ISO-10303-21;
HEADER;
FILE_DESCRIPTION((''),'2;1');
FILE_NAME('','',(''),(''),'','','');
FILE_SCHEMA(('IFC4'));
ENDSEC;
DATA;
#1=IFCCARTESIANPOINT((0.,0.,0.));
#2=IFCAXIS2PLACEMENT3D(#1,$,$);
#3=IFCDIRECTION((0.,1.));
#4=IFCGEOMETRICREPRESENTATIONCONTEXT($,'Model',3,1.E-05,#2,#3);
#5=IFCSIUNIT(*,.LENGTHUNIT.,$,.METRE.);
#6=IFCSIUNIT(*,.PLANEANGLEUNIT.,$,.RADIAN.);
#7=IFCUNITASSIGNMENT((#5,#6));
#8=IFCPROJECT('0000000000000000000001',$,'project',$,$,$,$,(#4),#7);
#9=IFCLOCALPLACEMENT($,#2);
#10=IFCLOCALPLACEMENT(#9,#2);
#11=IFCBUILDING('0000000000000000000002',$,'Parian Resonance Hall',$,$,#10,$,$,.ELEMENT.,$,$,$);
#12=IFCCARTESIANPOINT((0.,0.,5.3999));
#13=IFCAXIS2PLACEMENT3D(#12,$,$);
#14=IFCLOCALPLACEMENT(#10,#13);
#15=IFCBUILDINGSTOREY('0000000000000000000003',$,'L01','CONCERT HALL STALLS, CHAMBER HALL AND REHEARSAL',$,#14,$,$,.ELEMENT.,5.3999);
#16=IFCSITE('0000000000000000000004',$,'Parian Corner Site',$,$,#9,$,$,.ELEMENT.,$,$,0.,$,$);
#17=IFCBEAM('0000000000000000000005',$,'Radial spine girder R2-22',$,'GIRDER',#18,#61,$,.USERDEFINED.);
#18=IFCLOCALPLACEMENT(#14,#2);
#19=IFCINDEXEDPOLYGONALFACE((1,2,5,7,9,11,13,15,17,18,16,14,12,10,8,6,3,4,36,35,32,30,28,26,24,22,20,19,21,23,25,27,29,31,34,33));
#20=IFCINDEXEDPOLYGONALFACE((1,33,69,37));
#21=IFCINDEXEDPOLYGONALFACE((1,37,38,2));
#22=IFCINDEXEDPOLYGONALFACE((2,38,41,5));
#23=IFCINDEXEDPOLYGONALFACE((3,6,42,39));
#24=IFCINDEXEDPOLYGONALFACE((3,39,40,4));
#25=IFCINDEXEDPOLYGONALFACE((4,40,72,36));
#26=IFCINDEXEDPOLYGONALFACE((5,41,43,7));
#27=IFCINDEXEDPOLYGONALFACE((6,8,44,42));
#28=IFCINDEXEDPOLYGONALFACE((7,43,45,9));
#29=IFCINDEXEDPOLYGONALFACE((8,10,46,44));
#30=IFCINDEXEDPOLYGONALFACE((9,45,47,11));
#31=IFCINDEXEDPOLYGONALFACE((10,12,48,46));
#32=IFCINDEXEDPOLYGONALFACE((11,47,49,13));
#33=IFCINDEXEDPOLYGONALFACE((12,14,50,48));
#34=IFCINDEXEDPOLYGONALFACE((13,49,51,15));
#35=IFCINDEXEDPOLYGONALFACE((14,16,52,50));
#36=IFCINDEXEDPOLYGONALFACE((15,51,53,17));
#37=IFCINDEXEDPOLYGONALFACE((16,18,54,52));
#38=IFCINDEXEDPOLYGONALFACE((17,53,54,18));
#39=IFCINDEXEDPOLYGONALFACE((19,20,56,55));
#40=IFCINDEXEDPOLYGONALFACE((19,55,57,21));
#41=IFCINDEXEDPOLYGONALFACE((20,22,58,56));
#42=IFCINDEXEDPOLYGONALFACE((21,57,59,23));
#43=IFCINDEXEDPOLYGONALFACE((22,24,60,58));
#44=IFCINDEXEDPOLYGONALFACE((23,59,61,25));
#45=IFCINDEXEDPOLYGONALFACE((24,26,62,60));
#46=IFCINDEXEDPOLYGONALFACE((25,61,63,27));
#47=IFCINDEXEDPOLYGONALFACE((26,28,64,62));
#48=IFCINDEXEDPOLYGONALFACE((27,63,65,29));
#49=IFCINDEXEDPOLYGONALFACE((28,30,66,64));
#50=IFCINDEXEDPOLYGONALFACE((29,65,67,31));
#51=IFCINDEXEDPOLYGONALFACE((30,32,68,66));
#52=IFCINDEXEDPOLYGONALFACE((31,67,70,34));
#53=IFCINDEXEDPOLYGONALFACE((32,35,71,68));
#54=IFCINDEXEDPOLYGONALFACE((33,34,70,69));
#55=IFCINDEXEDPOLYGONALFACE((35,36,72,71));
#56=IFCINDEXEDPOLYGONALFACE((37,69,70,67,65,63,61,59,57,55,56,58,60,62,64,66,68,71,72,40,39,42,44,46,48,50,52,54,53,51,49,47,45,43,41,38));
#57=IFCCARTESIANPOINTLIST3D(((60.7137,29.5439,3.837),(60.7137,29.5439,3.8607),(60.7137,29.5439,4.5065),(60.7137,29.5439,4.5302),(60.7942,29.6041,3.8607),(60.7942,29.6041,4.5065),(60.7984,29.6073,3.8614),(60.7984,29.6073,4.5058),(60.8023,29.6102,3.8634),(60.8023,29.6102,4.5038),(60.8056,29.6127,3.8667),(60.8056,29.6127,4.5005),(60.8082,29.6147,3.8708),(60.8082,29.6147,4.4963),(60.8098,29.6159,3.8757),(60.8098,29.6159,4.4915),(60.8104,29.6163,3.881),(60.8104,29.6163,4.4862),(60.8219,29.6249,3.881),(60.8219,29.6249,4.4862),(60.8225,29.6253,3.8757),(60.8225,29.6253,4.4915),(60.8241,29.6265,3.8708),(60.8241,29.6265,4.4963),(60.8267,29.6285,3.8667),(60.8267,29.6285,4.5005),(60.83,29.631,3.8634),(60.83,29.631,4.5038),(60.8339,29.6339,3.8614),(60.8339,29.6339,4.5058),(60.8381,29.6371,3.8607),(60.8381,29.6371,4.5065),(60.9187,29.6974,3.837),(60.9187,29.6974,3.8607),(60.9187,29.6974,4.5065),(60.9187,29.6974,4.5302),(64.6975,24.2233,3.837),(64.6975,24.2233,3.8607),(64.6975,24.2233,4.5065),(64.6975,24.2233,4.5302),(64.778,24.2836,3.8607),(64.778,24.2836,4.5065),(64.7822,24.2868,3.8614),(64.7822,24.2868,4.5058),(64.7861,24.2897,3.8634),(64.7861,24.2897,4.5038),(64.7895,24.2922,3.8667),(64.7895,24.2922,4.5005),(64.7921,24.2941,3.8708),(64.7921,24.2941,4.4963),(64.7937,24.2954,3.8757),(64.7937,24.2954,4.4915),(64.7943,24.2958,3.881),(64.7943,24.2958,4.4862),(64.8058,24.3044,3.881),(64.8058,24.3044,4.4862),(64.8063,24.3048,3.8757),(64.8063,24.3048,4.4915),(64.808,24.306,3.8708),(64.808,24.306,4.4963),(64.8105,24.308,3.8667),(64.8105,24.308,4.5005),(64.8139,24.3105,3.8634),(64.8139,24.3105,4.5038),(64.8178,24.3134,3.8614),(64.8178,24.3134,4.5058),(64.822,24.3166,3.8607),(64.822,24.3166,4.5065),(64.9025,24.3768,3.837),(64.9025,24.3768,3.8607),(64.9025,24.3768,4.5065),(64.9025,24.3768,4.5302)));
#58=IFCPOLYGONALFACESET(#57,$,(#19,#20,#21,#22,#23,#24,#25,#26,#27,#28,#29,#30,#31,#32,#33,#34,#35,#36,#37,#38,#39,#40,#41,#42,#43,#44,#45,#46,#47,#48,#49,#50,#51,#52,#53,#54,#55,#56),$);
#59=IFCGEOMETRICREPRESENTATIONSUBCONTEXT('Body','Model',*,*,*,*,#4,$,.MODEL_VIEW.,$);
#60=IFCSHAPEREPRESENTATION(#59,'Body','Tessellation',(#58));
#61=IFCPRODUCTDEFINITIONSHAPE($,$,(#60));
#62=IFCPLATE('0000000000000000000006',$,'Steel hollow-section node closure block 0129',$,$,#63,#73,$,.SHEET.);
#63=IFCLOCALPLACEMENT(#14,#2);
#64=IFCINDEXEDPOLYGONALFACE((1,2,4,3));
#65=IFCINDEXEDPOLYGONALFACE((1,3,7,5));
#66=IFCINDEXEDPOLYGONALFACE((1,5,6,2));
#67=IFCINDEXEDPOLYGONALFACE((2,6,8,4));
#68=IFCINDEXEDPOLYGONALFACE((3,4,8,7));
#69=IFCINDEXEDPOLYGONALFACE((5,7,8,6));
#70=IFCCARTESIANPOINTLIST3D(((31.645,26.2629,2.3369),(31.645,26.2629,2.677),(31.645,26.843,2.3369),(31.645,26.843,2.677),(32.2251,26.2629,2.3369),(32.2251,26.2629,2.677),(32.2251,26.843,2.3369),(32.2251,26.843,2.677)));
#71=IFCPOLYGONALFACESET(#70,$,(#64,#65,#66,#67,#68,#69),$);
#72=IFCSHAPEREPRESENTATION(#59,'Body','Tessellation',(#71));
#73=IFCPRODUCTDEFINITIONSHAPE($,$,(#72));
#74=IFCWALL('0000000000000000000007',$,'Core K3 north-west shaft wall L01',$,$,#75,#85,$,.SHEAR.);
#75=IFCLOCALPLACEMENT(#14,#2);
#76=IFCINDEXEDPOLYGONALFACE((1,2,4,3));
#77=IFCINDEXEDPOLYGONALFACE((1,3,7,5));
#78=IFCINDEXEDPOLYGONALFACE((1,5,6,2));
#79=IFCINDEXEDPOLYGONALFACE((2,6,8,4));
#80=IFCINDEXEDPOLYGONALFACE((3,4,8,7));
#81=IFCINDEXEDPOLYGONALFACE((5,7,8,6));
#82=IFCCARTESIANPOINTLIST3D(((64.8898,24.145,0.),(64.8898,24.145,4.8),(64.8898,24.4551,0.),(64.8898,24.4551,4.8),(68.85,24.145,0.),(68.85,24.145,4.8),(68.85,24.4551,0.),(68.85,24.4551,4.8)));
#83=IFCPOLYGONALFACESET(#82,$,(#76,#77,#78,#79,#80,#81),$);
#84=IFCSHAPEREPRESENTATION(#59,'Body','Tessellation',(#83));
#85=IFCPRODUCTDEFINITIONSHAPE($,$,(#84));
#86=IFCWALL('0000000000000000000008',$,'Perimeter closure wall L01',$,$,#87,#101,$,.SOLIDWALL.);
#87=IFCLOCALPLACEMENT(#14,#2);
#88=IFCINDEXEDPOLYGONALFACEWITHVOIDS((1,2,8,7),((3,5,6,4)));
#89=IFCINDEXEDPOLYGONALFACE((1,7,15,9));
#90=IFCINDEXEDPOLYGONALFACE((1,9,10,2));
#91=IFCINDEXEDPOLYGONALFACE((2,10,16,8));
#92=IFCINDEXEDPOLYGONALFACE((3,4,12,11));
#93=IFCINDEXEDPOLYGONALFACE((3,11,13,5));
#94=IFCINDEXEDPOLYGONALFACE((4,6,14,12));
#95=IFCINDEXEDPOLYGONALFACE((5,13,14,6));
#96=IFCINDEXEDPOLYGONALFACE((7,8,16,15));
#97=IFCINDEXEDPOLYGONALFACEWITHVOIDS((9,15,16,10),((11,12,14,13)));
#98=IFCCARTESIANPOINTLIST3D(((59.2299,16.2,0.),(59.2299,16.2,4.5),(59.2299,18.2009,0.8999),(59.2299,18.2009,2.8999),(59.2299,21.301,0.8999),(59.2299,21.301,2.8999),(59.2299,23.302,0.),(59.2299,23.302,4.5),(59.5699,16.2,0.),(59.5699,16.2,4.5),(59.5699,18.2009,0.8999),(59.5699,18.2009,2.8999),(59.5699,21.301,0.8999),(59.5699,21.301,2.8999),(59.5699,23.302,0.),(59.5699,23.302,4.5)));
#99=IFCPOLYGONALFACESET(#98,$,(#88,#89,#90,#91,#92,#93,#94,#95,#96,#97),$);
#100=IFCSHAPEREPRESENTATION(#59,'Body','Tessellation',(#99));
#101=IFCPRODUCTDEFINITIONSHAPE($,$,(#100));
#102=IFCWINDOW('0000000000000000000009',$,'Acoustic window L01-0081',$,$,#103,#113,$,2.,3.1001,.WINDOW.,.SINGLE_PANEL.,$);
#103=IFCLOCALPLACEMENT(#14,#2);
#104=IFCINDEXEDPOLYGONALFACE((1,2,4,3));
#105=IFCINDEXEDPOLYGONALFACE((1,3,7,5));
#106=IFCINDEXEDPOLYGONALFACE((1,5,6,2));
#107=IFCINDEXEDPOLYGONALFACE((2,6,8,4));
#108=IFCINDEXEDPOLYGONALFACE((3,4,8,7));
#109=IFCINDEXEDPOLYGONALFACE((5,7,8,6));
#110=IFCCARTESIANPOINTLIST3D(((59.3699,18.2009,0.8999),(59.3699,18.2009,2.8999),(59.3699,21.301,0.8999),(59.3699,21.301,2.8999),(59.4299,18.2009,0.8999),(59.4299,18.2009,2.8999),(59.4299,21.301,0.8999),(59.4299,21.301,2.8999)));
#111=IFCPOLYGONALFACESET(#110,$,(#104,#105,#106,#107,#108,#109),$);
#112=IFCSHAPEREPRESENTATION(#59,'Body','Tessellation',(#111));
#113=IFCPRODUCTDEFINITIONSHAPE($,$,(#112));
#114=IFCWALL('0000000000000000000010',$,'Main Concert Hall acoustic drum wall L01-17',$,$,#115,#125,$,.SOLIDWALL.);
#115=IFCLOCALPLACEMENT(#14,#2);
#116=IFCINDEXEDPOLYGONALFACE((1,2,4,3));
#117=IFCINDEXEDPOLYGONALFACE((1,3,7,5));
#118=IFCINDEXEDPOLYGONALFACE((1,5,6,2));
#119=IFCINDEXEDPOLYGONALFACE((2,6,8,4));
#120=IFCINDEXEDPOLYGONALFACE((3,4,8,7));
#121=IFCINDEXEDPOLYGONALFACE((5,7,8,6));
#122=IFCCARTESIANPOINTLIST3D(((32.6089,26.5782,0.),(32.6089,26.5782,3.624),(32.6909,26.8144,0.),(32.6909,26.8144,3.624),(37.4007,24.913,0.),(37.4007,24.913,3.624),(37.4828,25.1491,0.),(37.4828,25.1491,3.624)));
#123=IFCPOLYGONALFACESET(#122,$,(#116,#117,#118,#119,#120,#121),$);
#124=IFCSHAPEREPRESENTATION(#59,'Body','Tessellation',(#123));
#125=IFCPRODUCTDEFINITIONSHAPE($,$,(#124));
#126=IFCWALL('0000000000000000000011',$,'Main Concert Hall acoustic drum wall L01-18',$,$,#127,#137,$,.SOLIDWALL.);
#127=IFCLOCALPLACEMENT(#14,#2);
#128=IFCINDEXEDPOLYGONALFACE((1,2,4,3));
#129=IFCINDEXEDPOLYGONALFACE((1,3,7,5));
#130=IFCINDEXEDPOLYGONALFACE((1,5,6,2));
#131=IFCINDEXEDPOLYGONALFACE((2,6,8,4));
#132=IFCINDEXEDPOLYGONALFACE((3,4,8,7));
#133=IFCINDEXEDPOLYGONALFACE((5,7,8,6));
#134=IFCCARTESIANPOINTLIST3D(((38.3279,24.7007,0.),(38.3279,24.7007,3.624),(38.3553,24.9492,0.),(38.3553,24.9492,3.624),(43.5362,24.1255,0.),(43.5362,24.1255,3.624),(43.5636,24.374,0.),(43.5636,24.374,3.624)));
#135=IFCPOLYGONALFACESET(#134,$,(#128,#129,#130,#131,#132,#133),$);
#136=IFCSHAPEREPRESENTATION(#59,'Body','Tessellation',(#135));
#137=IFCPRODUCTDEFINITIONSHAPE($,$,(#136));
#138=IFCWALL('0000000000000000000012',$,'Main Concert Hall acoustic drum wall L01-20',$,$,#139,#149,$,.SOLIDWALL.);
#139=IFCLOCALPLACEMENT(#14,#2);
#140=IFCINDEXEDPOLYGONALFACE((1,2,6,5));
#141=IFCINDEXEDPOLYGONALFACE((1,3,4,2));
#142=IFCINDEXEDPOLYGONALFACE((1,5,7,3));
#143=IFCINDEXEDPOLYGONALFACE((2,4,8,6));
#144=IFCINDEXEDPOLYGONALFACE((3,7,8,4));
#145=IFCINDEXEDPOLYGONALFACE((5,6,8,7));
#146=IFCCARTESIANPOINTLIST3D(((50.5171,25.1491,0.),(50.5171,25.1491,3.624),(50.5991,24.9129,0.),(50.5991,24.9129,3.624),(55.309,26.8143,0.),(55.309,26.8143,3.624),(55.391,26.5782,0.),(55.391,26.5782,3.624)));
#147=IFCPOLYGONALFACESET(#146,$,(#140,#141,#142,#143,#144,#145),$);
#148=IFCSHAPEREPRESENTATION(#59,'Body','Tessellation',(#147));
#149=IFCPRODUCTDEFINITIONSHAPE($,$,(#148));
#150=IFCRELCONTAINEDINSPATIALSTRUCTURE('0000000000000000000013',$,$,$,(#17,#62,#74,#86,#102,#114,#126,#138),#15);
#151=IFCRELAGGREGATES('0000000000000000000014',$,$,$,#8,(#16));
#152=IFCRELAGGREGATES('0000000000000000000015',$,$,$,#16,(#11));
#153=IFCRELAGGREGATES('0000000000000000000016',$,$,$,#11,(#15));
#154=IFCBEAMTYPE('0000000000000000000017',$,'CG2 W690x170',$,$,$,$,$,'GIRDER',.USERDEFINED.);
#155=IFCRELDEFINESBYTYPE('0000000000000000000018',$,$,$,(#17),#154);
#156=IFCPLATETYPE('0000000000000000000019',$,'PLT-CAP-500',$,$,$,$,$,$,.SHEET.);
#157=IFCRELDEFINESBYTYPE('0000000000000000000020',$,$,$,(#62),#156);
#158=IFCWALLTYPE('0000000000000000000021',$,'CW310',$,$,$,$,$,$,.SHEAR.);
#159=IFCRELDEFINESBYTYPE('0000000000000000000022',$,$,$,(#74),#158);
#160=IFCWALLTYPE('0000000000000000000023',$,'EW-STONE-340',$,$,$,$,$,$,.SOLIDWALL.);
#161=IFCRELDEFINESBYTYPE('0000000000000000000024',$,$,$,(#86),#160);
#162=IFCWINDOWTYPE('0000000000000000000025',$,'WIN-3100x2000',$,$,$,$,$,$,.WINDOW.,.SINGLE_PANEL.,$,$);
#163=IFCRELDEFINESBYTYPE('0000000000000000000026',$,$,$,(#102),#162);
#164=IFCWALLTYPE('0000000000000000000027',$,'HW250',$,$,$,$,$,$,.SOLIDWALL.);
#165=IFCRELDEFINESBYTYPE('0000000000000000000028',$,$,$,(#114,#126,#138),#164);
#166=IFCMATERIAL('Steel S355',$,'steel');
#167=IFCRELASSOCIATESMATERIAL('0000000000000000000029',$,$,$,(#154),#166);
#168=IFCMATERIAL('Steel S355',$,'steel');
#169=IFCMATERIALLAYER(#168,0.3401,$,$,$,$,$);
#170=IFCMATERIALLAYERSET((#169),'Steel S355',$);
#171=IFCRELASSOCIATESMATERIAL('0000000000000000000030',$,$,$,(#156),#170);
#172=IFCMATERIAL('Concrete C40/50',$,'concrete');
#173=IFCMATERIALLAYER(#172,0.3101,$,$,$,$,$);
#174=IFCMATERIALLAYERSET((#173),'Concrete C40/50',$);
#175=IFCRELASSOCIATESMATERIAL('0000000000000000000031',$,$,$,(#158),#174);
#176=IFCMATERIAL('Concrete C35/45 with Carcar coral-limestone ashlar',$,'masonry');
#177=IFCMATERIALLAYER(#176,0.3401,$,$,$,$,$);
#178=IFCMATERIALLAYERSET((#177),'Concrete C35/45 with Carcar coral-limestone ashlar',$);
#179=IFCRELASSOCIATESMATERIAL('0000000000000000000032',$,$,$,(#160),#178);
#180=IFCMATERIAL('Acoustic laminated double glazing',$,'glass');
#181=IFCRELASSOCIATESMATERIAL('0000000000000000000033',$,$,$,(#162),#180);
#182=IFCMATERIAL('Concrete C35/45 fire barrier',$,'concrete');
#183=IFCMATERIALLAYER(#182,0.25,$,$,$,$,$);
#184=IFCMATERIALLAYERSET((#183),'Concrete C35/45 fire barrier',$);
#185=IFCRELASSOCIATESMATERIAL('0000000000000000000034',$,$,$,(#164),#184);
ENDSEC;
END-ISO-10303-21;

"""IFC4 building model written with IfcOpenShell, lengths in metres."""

from ifc_helpers import new_model, si_unit, direction, frame, frame_2d, origin, origin_2d, place, context, subcontext, project, spatial, rectangle, i_section, extrude, material, layer, layer_set, material_profile, profile_set, type_object, element, fill, save


model = new_model("IFC4")

# Units and contexts
model_context = context("Model", 3, precision=1e-05, world=origin(), true_north=direction((0.0, 1.0)))
body_context = subcontext(model_context, "Body", "Model", "MODEL_VIEW")
ifc_project = project(units=[si_unit("LENGTHUNIT", "METRE"), si_unit("PLANEANGLEUNIT", "RADIAN")], contexts=[model_context])

# Site, building, storey
site_placement = place(None, origin())
site = spatial("IfcSite", under=ifc_project, at=site_placement, Name="Parian Corner Site", CompositionType="ELEMENT", RefElevation=0.0)
building_placement = place(site_placement, origin())
building = spatial("IfcBuilding", under=site, at=building_placement, Name="Parian Resonance Hall", CompositionType="ELEMENT")
storey_placement = place(building_placement, frame((0.0, 0.0, 5.3999)))
storey = spatial("IfcBuildingStorey", under=building, at=storey_placement, Name="L01", Description="CONCERT HALL STALLS, CHAMBER HALL AND REHEARSAL", CompositionType="ELEMENT", Elevation=5.3999)

# Beam
ifc_material_1 = material(Name="Steel S355", Category="steel")
ifc_material_profile_1 = material_profile(ifc_material_1, i_section(OverallWidth=0.2561, OverallDepth=0.6931, WebThickness=0.0144, FlangeThickness=0.0237, FilletRadius=0.0203, at=origin_2d()), Name="W690x170")
ifc_profile_set_1 = profile_set([ifc_material_profile_1], Name="Steel S355")
beam_type_1 = type_object("IfcBeamType", Name="CG2 W690x170", ElementType="GIRDER", PredefinedType="USERDEFINED", material=ifc_profile_set_1)
beam_1_placement = place(storey_placement, frame((60.8162, 29.6206, 4.1836), z_axis=(0.599371, -0.800471, 0.0), x_axis=(0.800471, 0.599371, 0.0)))
element("IfcBeam", 1, at=beam_1_placement, inside=storey, type_object=beam_type_1, Name="Radial spine girder R2-22", ObjectType="GIRDER", PredefinedType="USERDEFINED", context=body_context, shape_type="SweptSolid", body=[
    extrude(i_section(OverallWidth=0.2561, OverallDepth=0.6931, WebThickness=0.0144, FlangeThickness=0.0237, FilletRadius=0.0203, at=origin_2d()), origin(), (0.0, 0.0, 1.0), 6.6467),
])

# Plate
ifc_material_2 = material(Name="Steel S355", Category="steel")
ifc_layer_1 = layer(ifc_material_2, 0.3401)
ifc_layer_set_1 = layer_set([ifc_layer_1], Name="Steel S355")
plate_type = type_object("IfcPlateType", Name="PLT-CAP-500", PredefinedType="SHEET", material=ifc_layer_set_1)
plate_placement = place(storey_placement, frame((31.9351, 26.553, 2.3369), z_axis=(0.0, 0.0, 1.0), x_axis=(1.0, 0.0, 0.0)))
element("IfcPlate", 2, at=plate_placement, inside=storey, type_object=plate_type, Name="Steel hollow-section node closure block 0129", PredefinedType="SHEET", context=body_context, shape_type="SweptSolid", body=[
    extrude(rectangle(XDim=0.5801, YDim=0.5801, at=origin_2d()), origin(), (0.0, 0.0, 1.0), 0.3401),
])

# Wall
ifc_material_3 = material(Name="Concrete C40/50", Category="concrete")
ifc_layer_2 = layer(ifc_material_3, 0.3101)
ifc_layer_set_2 = layer_set([ifc_layer_2], Name="Concrete C40/50")
wall_type_1 = type_object("IfcWallType", Name="CW310", PredefinedType="SHEAR", material=ifc_layer_set_2)
wall_1_placement = place(storey_placement, frame((64.8899, 24.3, 0.0), z_axis=(0.0, 0.0, 1.0), x_axis=(1.0, 0.0, 0.0)))
element("IfcWall", 3, at=wall_1_placement, inside=storey, type_object=wall_type_1, Name="Core K3 north-west shaft wall L01", PredefinedType="SHEAR", context=body_context, shape_type="SweptSolid", body=[
    extrude(rectangle(XDim=3.9602, YDim=0.3101, at=frame_2d((1.98, 0.0))), origin(), (0.0, 0.0, 1.0), 4.8),
])

# Wall, opening, window
ifc_material_4 = material(Name="Concrete C35/45 with Carcar coral-limestone ashlar", Category="masonry")
ifc_layer_3 = layer(ifc_material_4, 0.3401)
ifc_layer_set_3 = layer_set([ifc_layer_3], Name="Concrete C35/45 with Carcar coral-limestone ashlar")
wall_type_2 = type_object("IfcWallType", Name="EW-STONE-340", PredefinedType="SOLIDWALL", material=ifc_layer_set_3)
wall_2_placement = place(storey_placement, frame((59.3999, 23.302, 0.0), z_axis=(0.0, 0.0, 1.0), x_axis=(0.0, -1.0, 0.0)))
wall_2 = element("IfcWall", 4, at=wall_2_placement, inside=storey, type_object=wall_type_2, Name="Perimeter closure wall L01", PredefinedType="SOLIDWALL", context=body_context, shape_type="SweptSolid", body=[
    extrude(rectangle(XDim=7.1021, YDim=0.3401, at=frame_2d((3.551, 0.0))), origin(), (0.0, 0.0, 1.0), 4.5),
])
opening_1_placement = place(wall_2_placement, frame((2.001, 0.0, 0.8999)))
opening_1 = element("IfcOpeningElement", 5, at=opening_1_placement, cuts=wall_2, PredefinedType="OPENING", context=body_context, shape_type="SweptSolid", body=[
    extrude(rectangle(XDim=3.1001, YDim=2.0, at=frame_2d((1.55, 1.0))), frame((0.0, 0.1799, 0.0), z_axis=(0.0, -1.0, 0.0), x_axis=(1.0, 0.0, 0.0)), (0.0, 0.0, 1.0), 0.3601),
])
ifc_material_5 = material(Name="Acoustic laminated double glazing", Category="glass")
window_type = type_object("IfcWindowType", Name="WIN-3100x2000", PartitioningType="SINGLE_PANEL", PredefinedType="WINDOW", material=ifc_material_5)
window_placement = place(opening_1_placement, origin())
window = element("IfcWindow", 6, at=window_placement, inside=storey, type_object=window_type, Name="Acoustic window L01-0081", OverallHeight=2.0, OverallWidth=3.1001, PartitioningType="SINGLE_PANEL", PredefinedType="WINDOW", context=body_context, shape_type="SweptSolid", body=[
    extrude(rectangle(XDim=3.1001, YDim=2.0, at=frame_2d((1.55, 1.0))), frame((0.0, 0.03, 0.0), z_axis=(0.0, -1.0, 0.0), x_axis=(1.0, 0.0, 0.0)), (0.0, 0.0, 1.0), 0.0601),
])
fill(opening_1, window)

# Walls
ifc_material_6 = material(Name="Concrete C35/45 fire barrier", Category="concrete")
ifc_layer_4 = layer(ifc_material_6, 0.25)
ifc_layer_set_4 = layer_set([ifc_layer_4], Name="Concrete C35/45 fire barrier")
wall_type_3 = type_object("IfcWallType", Name="HW250", PredefinedType="SOLIDWALL", material=ifc_layer_set_4)
wall_3_placement = place(storey_placement, frame((37.4419, 25.031, 0.0), z_axis=(0.0, 0.0, 1.0), x_axis=(-0.944588, 0.328257, 0.0)))
element("IfcWall", 7, at=wall_3_placement, inside=storey, type_object=wall_type_3, Name="Main Concert Hall acoustic drum wall L01-17", PredefinedType="SOLIDWALL", context=body_context, shape_type="SweptSolid", body=[
    extrude(rectangle(XDim=5.073, YDim=0.25, at=frame_2d((2.5366, 0.0))), origin(), (0.0, 0.0, 1.0), 3.624),
])
wall_4_placement = place(storey_placement, frame((43.55, 24.2498, 0.0), z_axis=(0.0, 0.0, 1.0), x_axis=(-0.993957, 0.109772, 0.0)))
element("IfcWall", 8, at=wall_4_placement, inside=storey, type_object=wall_type_3, Name="Main Concert Hall acoustic drum wall L01-18", PredefinedType="SOLIDWALL", context=body_context, shape_type="SweptSolid", body=[
    extrude(rectangle(XDim=5.24, YDim=0.25, at=frame_2d((2.6201, 0.0))), origin(), (0.0, 0.0, 1.0), 3.624),
])

# Wall
wall_5_placement = place(storey_placement, frame((55.3501, 26.6963, 0.0), z_axis=(0.0, 0.0, 1.0), x_axis=(-0.944588, -0.328257, 0.0)))
element("IfcWall", 9, at=wall_5_placement, inside=storey, type_object=wall_type_3, Name="Main Concert Hall acoustic drum wall L01-20", PredefinedType="SOLIDWALL", context=body_context, shape_type="SweptSolid", body=[
    extrude(rectangle(XDim=5.073, YDim=0.25, at=frame_2d((2.5366, 0.0))), origin(), (0.0, 0.0, 1.0), 3.624),
])

save(model, "model.ifc")
